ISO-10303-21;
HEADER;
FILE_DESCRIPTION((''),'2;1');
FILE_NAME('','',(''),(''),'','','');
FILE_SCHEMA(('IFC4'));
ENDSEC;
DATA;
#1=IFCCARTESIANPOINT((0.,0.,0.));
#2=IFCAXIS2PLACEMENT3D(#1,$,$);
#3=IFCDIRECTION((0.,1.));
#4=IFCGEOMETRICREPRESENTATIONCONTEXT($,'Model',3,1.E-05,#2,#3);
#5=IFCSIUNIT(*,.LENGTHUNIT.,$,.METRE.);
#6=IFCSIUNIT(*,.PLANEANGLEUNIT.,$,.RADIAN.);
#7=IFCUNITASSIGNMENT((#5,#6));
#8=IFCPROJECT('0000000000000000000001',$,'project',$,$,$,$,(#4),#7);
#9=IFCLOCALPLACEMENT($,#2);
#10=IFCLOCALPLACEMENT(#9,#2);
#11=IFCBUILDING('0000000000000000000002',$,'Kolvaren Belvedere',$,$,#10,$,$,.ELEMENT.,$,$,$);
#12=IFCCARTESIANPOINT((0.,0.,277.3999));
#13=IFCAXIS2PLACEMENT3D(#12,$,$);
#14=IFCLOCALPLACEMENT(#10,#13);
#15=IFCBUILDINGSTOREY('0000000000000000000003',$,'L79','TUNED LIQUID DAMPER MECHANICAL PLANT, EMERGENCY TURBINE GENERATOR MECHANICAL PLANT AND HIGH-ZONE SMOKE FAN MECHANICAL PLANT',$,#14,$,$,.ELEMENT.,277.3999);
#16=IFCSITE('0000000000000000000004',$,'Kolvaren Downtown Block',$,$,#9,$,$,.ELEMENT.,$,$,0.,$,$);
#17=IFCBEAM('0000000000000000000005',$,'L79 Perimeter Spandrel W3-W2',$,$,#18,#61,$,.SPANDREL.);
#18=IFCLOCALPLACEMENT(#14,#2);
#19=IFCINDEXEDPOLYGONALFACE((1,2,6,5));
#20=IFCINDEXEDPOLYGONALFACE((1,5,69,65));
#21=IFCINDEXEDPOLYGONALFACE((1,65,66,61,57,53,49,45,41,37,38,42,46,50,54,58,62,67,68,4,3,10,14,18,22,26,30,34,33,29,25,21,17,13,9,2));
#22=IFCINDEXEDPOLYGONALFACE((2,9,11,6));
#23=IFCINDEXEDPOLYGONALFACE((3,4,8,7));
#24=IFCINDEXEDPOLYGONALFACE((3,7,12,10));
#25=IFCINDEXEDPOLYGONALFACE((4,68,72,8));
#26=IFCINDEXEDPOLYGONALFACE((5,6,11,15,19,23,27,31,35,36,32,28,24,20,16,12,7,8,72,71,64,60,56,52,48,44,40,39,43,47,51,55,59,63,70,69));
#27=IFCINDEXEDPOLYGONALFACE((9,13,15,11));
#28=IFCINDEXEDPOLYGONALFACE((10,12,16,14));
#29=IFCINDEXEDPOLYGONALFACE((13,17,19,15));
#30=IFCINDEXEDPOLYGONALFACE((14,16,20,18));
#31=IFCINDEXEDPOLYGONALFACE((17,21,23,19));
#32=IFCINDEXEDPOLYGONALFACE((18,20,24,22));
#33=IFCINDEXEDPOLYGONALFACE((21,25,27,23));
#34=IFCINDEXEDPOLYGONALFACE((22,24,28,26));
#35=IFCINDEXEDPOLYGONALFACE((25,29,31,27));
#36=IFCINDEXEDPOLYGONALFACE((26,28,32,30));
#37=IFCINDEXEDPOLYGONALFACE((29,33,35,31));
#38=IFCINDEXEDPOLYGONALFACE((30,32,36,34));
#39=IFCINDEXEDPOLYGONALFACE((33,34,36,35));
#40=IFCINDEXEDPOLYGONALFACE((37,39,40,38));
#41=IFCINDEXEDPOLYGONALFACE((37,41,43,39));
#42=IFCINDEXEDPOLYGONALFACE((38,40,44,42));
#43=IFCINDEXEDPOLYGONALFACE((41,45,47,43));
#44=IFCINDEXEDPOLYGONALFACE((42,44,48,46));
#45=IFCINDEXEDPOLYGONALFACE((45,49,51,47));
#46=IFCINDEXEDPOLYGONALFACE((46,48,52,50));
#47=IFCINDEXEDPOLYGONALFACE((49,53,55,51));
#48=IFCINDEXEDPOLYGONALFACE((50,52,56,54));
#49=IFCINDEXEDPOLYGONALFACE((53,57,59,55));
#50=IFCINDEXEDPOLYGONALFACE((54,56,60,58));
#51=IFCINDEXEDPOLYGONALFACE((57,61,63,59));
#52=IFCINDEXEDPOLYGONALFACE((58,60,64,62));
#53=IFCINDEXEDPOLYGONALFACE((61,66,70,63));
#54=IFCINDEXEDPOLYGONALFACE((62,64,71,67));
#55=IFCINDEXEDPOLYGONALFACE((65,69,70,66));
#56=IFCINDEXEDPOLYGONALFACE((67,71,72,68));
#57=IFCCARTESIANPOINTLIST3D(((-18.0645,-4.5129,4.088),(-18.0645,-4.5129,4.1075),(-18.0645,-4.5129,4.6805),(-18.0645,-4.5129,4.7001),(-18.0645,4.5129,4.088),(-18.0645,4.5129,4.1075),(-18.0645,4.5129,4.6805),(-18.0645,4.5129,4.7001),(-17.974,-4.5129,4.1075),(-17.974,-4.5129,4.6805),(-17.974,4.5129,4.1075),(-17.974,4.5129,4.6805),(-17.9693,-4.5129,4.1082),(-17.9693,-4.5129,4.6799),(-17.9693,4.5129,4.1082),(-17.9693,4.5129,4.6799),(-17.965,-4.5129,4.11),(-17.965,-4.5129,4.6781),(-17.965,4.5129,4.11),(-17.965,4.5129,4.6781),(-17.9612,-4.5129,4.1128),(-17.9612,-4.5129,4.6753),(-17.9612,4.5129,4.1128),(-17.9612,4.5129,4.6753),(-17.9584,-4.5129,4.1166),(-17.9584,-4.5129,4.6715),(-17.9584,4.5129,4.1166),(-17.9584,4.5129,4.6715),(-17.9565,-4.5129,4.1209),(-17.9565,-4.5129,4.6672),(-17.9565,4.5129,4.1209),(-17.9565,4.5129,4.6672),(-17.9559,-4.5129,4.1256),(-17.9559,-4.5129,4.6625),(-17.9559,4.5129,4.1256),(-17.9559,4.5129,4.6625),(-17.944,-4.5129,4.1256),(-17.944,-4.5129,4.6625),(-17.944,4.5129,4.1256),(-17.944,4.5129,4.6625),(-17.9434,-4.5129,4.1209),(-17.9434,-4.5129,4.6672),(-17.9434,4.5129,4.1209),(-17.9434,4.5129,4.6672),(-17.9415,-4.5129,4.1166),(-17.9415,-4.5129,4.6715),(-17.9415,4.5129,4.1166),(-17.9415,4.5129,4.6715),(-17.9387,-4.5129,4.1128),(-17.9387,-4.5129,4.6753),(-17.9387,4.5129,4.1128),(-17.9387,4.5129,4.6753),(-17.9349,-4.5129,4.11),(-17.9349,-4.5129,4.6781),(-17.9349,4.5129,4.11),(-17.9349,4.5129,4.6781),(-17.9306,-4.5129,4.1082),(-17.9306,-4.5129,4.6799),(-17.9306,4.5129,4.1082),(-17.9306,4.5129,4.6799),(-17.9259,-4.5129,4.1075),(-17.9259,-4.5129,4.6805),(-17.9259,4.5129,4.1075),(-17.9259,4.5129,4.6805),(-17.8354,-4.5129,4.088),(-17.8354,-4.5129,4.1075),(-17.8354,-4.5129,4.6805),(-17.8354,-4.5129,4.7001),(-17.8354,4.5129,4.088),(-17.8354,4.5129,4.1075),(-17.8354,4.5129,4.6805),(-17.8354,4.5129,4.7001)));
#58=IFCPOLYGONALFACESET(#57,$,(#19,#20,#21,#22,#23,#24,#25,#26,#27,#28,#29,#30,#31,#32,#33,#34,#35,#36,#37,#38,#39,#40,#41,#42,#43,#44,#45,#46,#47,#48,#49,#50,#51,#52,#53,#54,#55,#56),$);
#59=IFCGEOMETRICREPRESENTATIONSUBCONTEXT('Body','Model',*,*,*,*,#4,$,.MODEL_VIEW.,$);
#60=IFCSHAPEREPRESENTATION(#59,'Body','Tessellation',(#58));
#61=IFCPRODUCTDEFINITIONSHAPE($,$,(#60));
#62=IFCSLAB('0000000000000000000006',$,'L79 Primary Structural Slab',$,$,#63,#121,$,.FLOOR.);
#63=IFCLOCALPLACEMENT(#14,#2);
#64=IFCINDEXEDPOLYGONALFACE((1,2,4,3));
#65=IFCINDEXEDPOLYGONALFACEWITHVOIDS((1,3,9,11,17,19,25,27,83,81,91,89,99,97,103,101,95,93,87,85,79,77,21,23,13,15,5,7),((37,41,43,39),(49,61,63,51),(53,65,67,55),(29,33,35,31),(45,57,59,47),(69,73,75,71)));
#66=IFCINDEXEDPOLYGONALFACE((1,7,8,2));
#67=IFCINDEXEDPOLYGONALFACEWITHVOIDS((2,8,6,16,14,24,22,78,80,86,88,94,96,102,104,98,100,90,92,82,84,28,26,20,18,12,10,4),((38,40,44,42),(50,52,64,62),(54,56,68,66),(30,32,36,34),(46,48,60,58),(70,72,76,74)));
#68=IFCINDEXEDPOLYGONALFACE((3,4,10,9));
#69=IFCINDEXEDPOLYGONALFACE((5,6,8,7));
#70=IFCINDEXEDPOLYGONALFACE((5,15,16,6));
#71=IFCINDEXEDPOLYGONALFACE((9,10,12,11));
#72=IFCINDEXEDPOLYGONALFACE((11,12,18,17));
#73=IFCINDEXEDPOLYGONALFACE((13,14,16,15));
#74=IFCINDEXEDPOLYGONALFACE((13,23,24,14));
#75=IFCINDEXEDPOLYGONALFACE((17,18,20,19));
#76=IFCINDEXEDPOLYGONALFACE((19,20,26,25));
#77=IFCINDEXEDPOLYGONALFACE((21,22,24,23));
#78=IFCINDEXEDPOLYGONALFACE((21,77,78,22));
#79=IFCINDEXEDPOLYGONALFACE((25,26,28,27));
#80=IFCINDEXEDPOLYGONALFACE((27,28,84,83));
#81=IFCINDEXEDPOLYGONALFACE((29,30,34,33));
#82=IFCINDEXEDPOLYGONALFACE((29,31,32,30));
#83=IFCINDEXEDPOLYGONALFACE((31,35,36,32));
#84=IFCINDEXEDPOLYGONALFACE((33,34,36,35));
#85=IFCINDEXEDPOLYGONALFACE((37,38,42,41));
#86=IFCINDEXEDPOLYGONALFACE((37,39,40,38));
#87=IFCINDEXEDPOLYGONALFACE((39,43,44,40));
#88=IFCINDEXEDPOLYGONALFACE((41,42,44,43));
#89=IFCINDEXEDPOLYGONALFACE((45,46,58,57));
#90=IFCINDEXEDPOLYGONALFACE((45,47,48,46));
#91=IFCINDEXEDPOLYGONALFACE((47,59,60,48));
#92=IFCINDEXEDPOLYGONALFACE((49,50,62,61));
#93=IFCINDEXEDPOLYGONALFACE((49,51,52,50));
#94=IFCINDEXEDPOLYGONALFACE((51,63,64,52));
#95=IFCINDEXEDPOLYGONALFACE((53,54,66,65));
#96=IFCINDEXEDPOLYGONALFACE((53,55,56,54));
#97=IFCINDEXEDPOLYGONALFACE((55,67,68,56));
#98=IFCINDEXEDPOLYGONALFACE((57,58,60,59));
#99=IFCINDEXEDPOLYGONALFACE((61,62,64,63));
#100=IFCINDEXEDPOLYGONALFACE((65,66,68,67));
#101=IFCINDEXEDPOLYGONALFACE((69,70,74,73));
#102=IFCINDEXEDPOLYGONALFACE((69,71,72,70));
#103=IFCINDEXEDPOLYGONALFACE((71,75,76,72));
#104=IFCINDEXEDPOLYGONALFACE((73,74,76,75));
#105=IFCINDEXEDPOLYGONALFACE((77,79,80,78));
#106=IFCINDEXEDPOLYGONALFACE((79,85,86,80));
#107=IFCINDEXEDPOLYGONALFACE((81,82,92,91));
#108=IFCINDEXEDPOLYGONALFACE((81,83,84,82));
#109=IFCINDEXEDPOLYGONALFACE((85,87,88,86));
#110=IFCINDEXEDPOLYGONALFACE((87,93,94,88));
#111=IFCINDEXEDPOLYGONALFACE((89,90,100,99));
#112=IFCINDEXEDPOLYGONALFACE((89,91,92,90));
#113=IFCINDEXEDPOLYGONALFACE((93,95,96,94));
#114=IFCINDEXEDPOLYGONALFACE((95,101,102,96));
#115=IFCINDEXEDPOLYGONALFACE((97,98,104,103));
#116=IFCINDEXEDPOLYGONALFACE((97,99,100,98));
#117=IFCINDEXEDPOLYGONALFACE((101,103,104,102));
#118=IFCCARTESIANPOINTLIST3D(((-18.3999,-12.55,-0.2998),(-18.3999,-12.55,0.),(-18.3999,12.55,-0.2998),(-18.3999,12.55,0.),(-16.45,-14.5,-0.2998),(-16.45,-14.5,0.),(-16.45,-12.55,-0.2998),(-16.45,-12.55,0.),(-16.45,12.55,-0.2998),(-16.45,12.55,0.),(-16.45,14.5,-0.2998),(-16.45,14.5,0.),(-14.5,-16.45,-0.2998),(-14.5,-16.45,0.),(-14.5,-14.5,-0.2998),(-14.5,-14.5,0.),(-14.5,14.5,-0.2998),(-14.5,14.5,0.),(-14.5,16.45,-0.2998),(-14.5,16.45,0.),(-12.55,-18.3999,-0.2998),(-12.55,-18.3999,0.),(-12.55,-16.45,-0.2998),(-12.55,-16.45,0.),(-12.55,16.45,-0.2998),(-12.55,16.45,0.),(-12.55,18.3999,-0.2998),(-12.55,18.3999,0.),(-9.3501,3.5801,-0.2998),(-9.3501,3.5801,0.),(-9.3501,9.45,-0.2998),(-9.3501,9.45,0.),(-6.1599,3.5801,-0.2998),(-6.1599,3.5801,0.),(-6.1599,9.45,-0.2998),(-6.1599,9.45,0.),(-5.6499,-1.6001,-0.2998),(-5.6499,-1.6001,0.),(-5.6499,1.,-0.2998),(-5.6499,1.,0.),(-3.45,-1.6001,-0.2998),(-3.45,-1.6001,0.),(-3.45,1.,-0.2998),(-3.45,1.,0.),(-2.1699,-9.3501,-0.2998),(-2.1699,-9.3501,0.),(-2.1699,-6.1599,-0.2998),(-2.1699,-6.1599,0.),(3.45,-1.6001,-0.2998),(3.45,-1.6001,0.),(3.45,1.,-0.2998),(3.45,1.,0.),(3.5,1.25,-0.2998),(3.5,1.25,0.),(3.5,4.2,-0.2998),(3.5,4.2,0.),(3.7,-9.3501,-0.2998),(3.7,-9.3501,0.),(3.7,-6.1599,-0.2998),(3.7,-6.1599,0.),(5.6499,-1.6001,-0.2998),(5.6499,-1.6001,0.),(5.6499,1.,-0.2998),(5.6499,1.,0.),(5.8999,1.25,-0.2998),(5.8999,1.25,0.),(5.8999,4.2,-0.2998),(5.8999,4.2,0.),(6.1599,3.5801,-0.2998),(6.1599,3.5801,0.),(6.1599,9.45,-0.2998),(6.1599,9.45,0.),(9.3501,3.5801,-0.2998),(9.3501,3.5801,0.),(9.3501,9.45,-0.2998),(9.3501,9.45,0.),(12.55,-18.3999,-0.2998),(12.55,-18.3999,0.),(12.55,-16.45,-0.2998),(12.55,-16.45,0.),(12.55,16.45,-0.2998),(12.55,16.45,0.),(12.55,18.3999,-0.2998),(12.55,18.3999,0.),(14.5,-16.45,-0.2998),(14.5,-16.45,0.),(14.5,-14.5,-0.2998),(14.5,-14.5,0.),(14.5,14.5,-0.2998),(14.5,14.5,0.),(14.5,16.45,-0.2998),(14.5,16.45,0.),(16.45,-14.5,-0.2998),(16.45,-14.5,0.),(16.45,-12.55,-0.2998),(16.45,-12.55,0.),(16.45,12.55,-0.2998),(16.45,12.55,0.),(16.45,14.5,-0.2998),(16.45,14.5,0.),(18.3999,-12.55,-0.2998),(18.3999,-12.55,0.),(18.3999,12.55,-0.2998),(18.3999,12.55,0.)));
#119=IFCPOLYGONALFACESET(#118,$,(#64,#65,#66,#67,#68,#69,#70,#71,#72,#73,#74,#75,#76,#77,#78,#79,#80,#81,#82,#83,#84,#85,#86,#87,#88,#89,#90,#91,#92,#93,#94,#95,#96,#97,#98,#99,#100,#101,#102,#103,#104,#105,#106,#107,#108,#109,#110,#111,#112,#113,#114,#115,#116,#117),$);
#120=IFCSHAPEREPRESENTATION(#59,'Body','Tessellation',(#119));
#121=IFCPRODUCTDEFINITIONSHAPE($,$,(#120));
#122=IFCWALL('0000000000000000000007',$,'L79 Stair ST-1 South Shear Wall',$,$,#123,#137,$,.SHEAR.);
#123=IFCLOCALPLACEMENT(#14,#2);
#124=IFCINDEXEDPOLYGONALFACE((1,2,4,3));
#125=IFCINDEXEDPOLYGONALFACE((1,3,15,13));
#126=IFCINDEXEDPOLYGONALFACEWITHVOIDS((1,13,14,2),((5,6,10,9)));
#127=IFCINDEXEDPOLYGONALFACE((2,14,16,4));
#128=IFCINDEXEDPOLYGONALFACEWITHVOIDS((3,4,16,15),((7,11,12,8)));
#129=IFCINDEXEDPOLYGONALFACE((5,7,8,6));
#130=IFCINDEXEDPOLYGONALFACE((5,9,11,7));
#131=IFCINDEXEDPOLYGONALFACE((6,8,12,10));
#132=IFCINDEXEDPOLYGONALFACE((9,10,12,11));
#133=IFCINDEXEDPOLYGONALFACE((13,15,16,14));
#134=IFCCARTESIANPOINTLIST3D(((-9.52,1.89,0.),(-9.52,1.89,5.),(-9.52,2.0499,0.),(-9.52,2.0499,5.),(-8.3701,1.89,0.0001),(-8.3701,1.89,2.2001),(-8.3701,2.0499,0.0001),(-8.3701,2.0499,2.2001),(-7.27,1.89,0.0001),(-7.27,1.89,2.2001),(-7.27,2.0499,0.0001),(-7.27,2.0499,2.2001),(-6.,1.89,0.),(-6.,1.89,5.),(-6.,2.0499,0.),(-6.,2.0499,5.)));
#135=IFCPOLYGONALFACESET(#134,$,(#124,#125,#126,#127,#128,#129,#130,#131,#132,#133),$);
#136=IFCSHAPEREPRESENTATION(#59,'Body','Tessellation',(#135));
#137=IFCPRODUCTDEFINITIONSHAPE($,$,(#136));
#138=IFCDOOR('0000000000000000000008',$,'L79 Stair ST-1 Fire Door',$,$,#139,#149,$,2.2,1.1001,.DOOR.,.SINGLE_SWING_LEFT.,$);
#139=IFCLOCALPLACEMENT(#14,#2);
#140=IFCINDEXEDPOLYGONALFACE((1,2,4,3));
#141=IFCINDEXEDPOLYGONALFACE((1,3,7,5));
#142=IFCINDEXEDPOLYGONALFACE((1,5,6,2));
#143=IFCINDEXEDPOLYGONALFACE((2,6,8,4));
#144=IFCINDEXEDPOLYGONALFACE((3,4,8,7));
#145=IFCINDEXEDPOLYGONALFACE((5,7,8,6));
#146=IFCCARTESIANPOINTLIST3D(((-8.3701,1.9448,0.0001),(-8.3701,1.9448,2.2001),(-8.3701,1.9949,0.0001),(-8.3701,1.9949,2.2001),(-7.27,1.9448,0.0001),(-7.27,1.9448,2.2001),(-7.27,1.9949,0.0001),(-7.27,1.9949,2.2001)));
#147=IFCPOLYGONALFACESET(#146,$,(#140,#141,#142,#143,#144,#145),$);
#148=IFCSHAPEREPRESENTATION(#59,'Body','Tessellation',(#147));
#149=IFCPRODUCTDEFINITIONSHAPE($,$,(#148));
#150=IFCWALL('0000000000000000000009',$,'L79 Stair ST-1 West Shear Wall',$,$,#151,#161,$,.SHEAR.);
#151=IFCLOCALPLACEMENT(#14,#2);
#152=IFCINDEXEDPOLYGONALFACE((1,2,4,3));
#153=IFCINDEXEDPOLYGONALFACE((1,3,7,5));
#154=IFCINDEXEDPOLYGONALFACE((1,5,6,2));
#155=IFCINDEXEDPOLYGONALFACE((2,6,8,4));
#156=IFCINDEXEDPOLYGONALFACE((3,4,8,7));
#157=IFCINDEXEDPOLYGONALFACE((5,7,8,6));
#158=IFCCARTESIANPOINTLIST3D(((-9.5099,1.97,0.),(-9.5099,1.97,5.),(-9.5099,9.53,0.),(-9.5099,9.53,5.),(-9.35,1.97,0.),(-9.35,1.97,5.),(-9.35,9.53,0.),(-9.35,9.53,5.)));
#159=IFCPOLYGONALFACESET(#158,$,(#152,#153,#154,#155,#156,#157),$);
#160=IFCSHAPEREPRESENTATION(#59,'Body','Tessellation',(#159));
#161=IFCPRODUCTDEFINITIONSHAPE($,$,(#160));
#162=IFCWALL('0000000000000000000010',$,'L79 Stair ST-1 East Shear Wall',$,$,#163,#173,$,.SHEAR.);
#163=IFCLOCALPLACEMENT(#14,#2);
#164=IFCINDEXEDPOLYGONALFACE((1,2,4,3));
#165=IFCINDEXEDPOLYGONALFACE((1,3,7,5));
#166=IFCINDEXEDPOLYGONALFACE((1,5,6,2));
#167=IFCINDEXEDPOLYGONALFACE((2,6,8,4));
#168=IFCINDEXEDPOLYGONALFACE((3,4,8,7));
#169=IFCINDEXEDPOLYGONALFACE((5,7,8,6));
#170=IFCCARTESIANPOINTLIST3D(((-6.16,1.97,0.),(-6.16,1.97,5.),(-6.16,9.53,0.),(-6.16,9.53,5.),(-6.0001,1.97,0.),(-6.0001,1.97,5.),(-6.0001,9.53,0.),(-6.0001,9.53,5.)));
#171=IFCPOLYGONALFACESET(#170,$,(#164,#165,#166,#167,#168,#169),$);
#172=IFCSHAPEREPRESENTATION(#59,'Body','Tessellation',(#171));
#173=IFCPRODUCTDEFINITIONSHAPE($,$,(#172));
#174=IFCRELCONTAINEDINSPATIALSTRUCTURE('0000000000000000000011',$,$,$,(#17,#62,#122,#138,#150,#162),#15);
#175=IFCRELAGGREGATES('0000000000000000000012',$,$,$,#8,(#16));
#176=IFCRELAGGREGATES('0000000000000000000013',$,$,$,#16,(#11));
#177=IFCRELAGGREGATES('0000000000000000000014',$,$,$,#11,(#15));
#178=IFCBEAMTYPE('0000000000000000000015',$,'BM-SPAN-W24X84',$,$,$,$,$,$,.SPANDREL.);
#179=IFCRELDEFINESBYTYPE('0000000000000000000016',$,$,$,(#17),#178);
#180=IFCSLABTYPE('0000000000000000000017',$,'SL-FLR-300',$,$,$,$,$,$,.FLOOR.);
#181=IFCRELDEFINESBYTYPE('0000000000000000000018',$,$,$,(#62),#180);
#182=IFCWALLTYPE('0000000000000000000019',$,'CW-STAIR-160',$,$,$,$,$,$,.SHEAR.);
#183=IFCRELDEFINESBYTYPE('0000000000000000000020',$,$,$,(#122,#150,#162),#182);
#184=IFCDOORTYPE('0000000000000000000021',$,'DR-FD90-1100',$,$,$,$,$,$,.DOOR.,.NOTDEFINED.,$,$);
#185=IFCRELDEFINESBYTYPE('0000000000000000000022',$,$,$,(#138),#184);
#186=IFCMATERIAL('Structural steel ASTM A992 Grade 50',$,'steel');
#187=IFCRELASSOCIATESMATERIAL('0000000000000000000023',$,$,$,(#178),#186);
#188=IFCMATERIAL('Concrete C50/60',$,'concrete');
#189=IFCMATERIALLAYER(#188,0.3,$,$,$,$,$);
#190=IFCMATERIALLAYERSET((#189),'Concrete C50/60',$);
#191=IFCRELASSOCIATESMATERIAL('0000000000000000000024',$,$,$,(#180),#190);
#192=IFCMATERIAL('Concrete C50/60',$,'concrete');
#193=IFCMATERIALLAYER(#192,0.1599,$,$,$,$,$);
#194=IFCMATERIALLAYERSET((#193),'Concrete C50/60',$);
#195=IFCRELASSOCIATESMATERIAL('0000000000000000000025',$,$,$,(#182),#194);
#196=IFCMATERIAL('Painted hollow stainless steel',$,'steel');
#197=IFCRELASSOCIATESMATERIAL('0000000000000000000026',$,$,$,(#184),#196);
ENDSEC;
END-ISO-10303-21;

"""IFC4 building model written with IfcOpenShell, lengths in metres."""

from ifc_helpers import new_model, si_unit, direction, frame, frame_2d, origin, origin_2d, place, context, subcontext, project, spatial, polyline, rectangle, i_section, outline, extrude, material, layer, layer_set, material_profile, profile_set, type_object, element, fill, save


model = new_model("IFC4")

# Units and contexts
model_context = context("Model", 3, precision=1e-05, world=origin(), true_north=direction((0.0, 1.0)))
body_context = subcontext(model_context, "Body", "Model", "MODEL_VIEW")
ifc_project = project(units=[si_unit("LENGTHUNIT", "METRE"), si_unit("PLANEANGLEUNIT", "RADIAN")], contexts=[model_context])

# Site, building, storey
site_placement = place(None, origin())
site = spatial("IfcSite", under=ifc_project, at=site_placement, Name="Kolvaren Downtown Block", CompositionType="ELEMENT", RefElevation=0.0)
building_placement = place(site_placement, origin())
building = spatial("IfcBuilding", under=site, at=building_placement, Name="Kolvaren Belvedere", CompositionType="ELEMENT")
storey_placement = place(building_placement, frame((0.0, 0.0, 277.3999)))
storey = spatial("IfcBuildingStorey", under=building, at=storey_placement, Name="L79", Description="TUNED LIQUID DAMPER MECHANICAL PLANT, EMERGENCY TURBINE GENERATOR MECHANICAL PLANT AND HIGH-ZONE SMOKE FAN MECHANICAL PLANT", CompositionType="ELEMENT", Elevation=277.3999)

# Beam
ifc_material_1 = material(Name="Structural steel ASTM A992 Grade 50", Category="steel")
ifc_material_profile_1 = material_profile(ifc_material_1, i_section(OverallWidth=0.229, OverallDepth=0.6121, WebThickness=0.012, FlangeThickness=0.0195, FilletRadius=0.0181, at=origin_2d()), Name="W24X84")
ifc_profile_set_1 = profile_set([ifc_material_profile_1], Name="Structural steel ASTM A992 Grade 50")
beam_type_1 = type_object("IfcBeamType", Name="BM-SPAN-W24X84", PredefinedType="SPANDREL", material=ifc_profile_set_1)
beam_1_placement = place(storey_placement, frame((-17.95, 4.5129, 4.394), z_axis=(0.0, -1.0, 0.0), x_axis=(1.0, 0.0, 0.0)))
element("IfcBeam", 1, at=beam_1_placement, inside=storey, type_object=beam_type_1, Name="L79 Perimeter Spandrel W3-W2", PredefinedType="SPANDREL", context=body_context, shape_type="SweptSolid", body=[
    extrude(i_section(OverallWidth=0.229, OverallDepth=0.6121, WebThickness=0.012, FlangeThickness=0.0195, FilletRadius=0.0181, at=origin_2d()), origin(), (0.0, 0.0, 1.0), 9.0259),
])

# Slab
ifc_material_2 = material(Name="Concrete C50/60", Category="concrete")
ifc_layer_1 = layer(ifc_material_2, 0.3)
ifc_layer_set_1 = layer_set([ifc_layer_1], Name="Concrete C50/60")
slab_type = type_object("IfcSlabType", Name="SL-FLR-300", PredefinedType="FLOOR", material=ifc_layer_set_1)
slab_placement = place(storey_placement, frame((0.0, 0.0, -0.2998)))
element("IfcSlab", 2, at=slab_placement, inside=storey, type_object=slab_type, Name="L79 Primary Structural Slab", PredefinedType="FLOOR", context=body_context, shape_type="SweptSolid", body=[
    extrude(outline(polyline([(-12.55, -18.3999), (12.55, -18.3999), (12.55, -16.45), (14.5, -16.45), (14.5, -14.5), (16.45, -14.5), (16.45, -12.55), (18.3999, -12.55), (18.3999, 12.55), (16.45, 12.55), (16.45, 14.5), (14.5, 14.5), (14.5, 16.45), (12.55, 16.45), (12.55, 18.3999), (-12.55, 18.3999), (-12.55, 16.45), (-14.5, 16.45), (-14.5, 14.5), (-16.45, 14.5), (-16.45, 12.55), (-18.3999, 12.55), (-18.3999, -12.55), (-16.45, -12.55), (-16.45, -14.5), (-14.5, -14.5), (-14.5, -16.45), (-12.55, -16.45), (-12.55, -18.3999)]), holes=[polyline([(-9.3501, 3.5801), (-6.1599, 3.5801), (-6.1599, 9.45), (-9.3501, 9.45), (-9.3501, 3.5801)]), polyline([(6.1599, 3.5801), (9.3501, 3.5801), (9.3501, 9.45), (6.1599, 9.45), (6.1599, 3.5801)]), polyline([(-2.1699, -9.3501), (3.7, -9.3501), (3.7, -6.1599), (-2.1699, -6.1599), (-2.1699, -9.3501)]), polyline([(-5.6499, -1.6001), (-3.45, -1.6001), (-3.45, 1.0), (-5.6499, 1.0), (-5.6499, -1.6001)]), polyline([(3.5, 1.25), (5.8999, 1.25), (5.8999, 4.2), (3.5, 4.2), (3.5, 1.25)]), polyline([(3.45, -1.6001), (5.6499, -1.6001), (5.6499, 1.0), (3.45, 1.0), (3.45, -1.6001)])]), origin(), (0.0, 0.0, 1.0), 0.2998),
])

# Wall, opening, door
ifc_material_3 = material(Name="Concrete C50/60", Category="concrete")
ifc_layer_2 = layer(ifc_material_3, 0.1599)
ifc_layer_set_2 = layer_set([ifc_layer_2], Name="Concrete C50/60")
wall_type_1 = type_object("IfcWallType", Name="CW-STAIR-160", PredefinedType="SHEAR", material=ifc_layer_set_2)
wall_1_placement = place(storey_placement, frame((-9.52, 1.97, 0.0), z_axis=(0.0, 0.0, 1.0), x_axis=(1.0, 0.0, 0.0)))
wall_1 = element("IfcWall", 3, at=wall_1_placement, inside=storey, type_object=wall_type_1, Name="L79 Stair ST-1 South Shear Wall", PredefinedType="SHEAR", context=body_context, shape_type="SweptSolid", body=[
    extrude(rectangle(XDim=3.52, YDim=0.1599, at=frame_2d((1.76, 0.0))), origin(), (0.0, 0.0, 1.0), 5.0),
])
opening_1_placement = place(wall_1_placement, frame((1.1499, 0.0, 0.0)))
opening_1 = element("IfcOpeningElement", 4, at=opening_1_placement, cuts=wall_1, PredefinedType="OPENING", context=body_context, shape_type="SweptSolid", body=[
    extrude(rectangle(XDim=1.1001, YDim=2.2, at=frame_2d((0.55, 1.1001))), frame((0.0, 0.0898, 0.0), z_axis=(0.0, -1.0, 0.0), x_axis=(1.0, 0.0, 0.0)), (0.0, 0.0, 1.0), 0.1799),
])
ifc_material_4 = material(Name="Painted hollow stainless steel", Category="steel")
door_type_1 = type_object("IfcDoorType", Name="DR-FD90-1100", OperationType="NOTDEFINED", PredefinedType="DOOR", material=ifc_material_4)
door_1_placement = place(opening_1_placement, origin())
door_1 = element("IfcDoor", 5, at=door_1_placement, inside=storey, type_object=door_type_1, Name="L79 Stair ST-1 Fire Door", OperationType="SINGLE_SWING_LEFT", OverallHeight=2.2, OverallWidth=1.1001, PredefinedType="DOOR", context=body_context, shape_type="SweptSolid", body=[
    extrude(rectangle(XDim=1.1001, YDim=2.2, at=frame_2d((0.55, 1.1001))), frame((0.0, 0.0249, 0.0), z_axis=(0.0, -1.0, 0.0), x_axis=(1.0, 0.0, 0.0)), (0.0, 0.0, 1.0), 0.05),
])
fill(opening_1, door_1)

# Walls
for number, where, z_axis, x_axis, name in (
    (6, (-9.4299, 1.97, 0.0), (0.0, 0.0, 1.0), (0.0, 1.0, 0.0), "L79 Stair ST-1 West Shear Wall"),
    (7, (-6.0801, 1.97, 0.0), (0.0, 0.0, 1.0), (0.0, 1.0, 0.0), "L79 Stair ST-1 East Shear Wall"),
):
    element("IfcWall", number, at=place(storey_placement, frame(where, z_axis=z_axis, x_axis=x_axis)), inside=storey, type_object=wall_type_1, Name=name, PredefinedType="SHEAR", context=body_context, shape_type="SweptSolid", body=[
        extrude(rectangle(XDim=7.5601, YDim=0.1599, at=frame_2d((3.78, 0.0))), origin(), (0.0, 0.0, 1.0), 5.0),
    ])

save(model, "model.ifc")
